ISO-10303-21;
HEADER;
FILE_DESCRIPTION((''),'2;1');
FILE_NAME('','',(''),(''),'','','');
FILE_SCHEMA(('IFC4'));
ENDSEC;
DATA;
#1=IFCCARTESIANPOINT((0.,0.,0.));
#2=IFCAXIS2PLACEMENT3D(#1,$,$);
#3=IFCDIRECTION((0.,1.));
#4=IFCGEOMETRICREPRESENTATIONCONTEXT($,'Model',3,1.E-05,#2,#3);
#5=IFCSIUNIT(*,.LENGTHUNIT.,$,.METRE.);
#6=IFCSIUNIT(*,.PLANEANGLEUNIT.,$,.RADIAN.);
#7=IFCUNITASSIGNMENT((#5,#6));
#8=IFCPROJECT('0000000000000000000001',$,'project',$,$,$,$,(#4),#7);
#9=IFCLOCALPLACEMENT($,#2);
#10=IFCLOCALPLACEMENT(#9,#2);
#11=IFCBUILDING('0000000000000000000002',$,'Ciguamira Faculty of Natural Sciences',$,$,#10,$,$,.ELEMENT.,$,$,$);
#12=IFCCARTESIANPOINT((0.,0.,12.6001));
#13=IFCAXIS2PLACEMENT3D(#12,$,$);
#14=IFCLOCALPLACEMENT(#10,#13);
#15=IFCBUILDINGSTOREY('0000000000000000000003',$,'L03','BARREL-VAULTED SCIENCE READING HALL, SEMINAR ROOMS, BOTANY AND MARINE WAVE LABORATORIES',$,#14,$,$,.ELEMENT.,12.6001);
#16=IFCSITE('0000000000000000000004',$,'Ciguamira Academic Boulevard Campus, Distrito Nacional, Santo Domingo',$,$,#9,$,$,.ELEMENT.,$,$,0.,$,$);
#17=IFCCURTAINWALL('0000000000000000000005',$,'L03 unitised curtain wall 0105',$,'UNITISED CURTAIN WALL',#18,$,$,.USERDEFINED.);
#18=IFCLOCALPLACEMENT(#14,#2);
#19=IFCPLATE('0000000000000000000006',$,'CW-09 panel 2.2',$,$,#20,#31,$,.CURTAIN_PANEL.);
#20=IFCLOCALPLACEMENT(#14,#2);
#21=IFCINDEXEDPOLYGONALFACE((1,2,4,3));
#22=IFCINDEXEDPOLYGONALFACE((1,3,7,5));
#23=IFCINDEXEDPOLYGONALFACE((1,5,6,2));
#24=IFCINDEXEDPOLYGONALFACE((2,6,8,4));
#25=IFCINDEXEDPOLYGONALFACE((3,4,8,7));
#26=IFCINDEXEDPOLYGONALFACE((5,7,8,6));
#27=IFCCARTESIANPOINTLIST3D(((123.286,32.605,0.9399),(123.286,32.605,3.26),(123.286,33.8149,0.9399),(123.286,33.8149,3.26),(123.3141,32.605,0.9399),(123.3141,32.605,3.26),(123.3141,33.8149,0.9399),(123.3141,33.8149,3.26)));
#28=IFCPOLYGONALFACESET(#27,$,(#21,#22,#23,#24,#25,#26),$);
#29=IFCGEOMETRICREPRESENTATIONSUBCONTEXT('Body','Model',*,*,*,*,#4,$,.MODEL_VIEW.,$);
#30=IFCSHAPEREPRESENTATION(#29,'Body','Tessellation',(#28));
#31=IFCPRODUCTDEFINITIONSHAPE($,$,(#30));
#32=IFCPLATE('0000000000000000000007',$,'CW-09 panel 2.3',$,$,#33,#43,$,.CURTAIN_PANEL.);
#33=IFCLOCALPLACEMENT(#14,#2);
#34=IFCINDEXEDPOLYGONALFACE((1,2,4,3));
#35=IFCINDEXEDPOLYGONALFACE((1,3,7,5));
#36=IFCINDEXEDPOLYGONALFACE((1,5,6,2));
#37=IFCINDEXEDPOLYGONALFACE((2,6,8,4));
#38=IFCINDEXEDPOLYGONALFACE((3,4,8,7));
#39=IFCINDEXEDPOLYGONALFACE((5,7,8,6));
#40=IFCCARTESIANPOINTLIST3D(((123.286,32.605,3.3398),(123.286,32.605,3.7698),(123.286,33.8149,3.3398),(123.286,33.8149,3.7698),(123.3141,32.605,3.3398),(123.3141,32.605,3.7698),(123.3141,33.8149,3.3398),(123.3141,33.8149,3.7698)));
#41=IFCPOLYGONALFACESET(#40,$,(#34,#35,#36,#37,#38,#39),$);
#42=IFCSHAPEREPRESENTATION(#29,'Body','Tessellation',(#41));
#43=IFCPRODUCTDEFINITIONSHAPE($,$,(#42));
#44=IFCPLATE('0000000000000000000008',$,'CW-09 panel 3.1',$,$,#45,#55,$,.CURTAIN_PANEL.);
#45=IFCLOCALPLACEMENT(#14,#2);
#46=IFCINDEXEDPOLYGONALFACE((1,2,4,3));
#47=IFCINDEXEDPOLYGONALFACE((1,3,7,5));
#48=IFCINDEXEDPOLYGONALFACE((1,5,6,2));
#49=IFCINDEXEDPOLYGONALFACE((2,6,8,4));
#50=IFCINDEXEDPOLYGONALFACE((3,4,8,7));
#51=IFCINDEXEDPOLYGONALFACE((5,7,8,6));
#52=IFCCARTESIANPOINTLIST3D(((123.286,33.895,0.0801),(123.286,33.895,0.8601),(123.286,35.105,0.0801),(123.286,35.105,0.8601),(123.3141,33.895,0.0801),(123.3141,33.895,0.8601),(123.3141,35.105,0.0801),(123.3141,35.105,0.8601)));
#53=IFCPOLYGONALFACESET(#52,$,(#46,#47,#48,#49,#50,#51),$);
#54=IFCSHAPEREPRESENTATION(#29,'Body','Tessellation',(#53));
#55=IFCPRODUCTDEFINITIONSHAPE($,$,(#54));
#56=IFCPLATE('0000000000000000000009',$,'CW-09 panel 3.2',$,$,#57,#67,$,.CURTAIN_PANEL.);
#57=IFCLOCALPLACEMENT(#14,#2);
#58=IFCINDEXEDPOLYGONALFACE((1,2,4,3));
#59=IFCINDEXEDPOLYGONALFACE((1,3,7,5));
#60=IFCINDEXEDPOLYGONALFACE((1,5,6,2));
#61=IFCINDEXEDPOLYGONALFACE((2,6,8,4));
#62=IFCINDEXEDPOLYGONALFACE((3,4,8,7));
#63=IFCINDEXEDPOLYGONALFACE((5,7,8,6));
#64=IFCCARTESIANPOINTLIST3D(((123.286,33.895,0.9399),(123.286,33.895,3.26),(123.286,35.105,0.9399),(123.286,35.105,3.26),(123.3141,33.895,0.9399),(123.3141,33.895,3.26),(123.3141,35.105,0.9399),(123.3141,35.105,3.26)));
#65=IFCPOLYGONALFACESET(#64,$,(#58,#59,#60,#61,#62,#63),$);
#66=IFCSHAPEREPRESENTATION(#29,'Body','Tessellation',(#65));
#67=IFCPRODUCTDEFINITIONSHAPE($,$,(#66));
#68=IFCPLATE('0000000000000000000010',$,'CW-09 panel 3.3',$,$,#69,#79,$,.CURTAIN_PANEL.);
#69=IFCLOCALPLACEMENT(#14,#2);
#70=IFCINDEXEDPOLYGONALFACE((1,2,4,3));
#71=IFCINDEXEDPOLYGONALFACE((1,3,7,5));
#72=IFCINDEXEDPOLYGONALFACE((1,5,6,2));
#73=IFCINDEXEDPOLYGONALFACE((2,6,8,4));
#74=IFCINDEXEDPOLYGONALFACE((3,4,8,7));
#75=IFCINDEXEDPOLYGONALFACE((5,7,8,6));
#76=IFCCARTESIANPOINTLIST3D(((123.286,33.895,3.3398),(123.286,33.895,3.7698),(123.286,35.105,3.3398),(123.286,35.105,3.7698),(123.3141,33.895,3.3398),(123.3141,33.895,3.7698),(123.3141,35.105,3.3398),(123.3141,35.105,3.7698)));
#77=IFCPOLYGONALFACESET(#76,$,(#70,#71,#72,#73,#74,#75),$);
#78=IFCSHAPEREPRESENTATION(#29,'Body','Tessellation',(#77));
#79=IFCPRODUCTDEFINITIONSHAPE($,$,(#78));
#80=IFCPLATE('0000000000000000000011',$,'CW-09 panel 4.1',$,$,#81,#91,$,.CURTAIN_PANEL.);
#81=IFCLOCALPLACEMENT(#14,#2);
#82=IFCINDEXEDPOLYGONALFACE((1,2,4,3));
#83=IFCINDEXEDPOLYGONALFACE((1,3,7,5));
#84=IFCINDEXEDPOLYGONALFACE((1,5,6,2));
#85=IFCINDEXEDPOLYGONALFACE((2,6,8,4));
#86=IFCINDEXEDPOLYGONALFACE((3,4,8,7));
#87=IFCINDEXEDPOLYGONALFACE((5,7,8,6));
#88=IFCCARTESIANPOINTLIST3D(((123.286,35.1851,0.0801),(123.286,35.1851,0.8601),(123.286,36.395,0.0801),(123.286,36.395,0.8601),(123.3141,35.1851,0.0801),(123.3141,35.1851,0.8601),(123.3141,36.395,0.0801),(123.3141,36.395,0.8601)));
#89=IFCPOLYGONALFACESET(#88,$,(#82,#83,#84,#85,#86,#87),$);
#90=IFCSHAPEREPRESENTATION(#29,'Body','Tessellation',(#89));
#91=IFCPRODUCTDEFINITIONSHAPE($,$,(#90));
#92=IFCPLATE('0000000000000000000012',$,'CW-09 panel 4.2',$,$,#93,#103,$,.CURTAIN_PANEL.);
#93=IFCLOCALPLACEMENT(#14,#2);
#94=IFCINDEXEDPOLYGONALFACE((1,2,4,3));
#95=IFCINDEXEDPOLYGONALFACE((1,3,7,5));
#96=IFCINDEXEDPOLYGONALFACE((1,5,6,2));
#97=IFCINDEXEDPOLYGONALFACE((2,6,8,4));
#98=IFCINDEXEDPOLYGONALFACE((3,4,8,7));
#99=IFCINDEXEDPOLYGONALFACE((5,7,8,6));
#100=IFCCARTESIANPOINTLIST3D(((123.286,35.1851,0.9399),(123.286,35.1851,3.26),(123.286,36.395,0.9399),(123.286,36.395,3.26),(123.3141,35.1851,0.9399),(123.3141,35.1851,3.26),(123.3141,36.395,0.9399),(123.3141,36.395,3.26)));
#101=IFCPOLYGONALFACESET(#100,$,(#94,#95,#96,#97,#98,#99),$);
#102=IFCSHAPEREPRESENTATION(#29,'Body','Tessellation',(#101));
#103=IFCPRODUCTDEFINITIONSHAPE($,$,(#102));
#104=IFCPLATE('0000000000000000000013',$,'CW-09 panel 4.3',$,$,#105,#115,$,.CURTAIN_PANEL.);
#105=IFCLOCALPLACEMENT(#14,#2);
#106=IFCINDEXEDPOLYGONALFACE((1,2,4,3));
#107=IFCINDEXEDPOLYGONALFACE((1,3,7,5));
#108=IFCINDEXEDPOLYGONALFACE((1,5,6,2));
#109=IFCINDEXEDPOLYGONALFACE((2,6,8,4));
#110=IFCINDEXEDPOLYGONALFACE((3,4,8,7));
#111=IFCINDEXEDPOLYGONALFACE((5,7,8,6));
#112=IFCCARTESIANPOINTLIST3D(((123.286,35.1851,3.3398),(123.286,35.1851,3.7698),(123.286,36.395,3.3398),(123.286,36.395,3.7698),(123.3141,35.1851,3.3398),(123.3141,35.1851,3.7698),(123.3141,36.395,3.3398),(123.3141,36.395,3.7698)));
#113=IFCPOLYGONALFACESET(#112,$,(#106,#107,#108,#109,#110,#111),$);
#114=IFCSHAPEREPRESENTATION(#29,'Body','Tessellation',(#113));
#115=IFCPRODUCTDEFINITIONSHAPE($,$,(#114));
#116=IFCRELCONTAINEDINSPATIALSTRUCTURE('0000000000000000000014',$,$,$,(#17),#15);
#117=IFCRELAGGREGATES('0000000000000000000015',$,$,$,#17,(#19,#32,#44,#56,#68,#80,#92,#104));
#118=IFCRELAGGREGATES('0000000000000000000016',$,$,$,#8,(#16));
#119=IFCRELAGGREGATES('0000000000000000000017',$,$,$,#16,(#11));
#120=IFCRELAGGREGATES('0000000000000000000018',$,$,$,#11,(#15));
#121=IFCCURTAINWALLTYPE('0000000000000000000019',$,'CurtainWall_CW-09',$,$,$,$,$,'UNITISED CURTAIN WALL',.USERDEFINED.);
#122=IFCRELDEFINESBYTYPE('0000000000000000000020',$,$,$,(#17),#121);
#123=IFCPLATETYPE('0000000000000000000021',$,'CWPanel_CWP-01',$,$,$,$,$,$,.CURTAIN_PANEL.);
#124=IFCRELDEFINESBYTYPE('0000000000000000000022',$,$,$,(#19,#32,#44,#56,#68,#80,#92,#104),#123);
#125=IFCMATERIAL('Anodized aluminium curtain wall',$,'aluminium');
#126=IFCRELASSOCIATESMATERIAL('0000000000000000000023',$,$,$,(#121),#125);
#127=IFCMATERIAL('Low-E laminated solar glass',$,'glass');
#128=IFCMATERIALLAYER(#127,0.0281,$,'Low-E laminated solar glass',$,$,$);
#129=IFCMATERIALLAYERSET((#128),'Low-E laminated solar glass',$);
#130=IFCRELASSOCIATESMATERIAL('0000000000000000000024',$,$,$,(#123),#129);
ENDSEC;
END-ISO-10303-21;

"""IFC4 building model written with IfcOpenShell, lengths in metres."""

from ifc_helpers import new_model, si_unit, direction, frame, origin, origin_2d, place, context, subcontext, project, spatial, rectangle, extrude, material, layer, layer_set, type_object, element, aggregate, save


model = new_model("IFC4")

# Units and contexts
model_context = context("Model", 3, precision=1e-05, world=origin(), true_north=direction((0.0, 1.0)))
body_context = subcontext(model_context, "Body", "Model", "MODEL_VIEW")
ifc_project = project(units=[si_unit("LENGTHUNIT", "METRE"), si_unit("PLANEANGLEUNIT", "RADIAN")], contexts=[model_context])

# Site, building, storey
site_placement = place(None, origin())
site = spatial("IfcSite", under=ifc_project, at=site_placement, Name="Ciguamira Academic Boulevard Campus, Distrito Nacional, Santo Domingo", CompositionType="ELEMENT", RefElevation=0.0)
building_placement = place(site_placement, origin())
building = spatial("IfcBuilding", under=site, at=building_placement, Name="Ciguamira Faculty of Natural Sciences", CompositionType="ELEMENT")
storey_placement = place(building_placement, frame((0.0, 0.0, 12.6001)))
storey = spatial("IfcBuildingStorey", under=building, at=storey_placement, Name="L03", Description="BARREL-VAULTED SCIENCE READING HALL, SEMINAR ROOMS, BOTANY AND MARINE WAVE LABORATORIES", CompositionType="ELEMENT", Elevation=12.6001)

# Curtain wall, plates
ifc_material_1 = material(Name="Anodized aluminium curtain wall", Category="aluminium")
curtain_wall_type = type_object("IfcCurtainWallType", Name="CurtainWall_CW-09", ElementType="UNITISED CURTAIN WALL", PredefinedType="USERDEFINED", material=ifc_material_1)
curtain_wall_placement = place(storey_placement, origin())
curtain_wall = element("IfcCurtainWall", 1, at=curtain_wall_placement, inside=storey, type_object=curtain_wall_type, Name="L03 unitised curtain wall 0105", ObjectType="UNITISED CURTAIN WALL", PredefinedType="USERDEFINED")
ifc_material_2 = material(Name="Low-E laminated solar glass", Category="glass")
ifc_layer = layer(ifc_material_2, 0.0281, Name="Low-E laminated solar glass")
ifc_layer_set = layer_set([ifc_layer], Name="Low-E laminated solar glass")
plate_type = type_object("IfcPlateType", Name="CWPanel_CWP-01", PredefinedType="CURTAIN_PANEL", material=ifc_layer_set)
plate_1_placement = place(storey_placement, frame((123.3, 33.21, 0.9399), z_axis=(0.0, 0.0, 1.0), x_axis=(0.0, 1.0, 0.0)))
plate_1 = element("IfcPlate", 2, at=plate_1_placement, type_object=plate_type, Name="CW-09 panel 2.2", PredefinedType="CURTAIN_PANEL", context=body_context, shape_type="SweptSolid", body=[
    extrude(rectangle(XDim=1.21, YDim=0.0281, at=origin_2d()), origin(), (0.0, 0.0, 1.0), 2.3201),
])
plate_2_placement = place(storey_placement, frame((123.3, 33.21, 3.3398), z_axis=(0.0, 0.0, 1.0), x_axis=(0.0, 1.0, 0.0)))
plate_2 = element("IfcPlate", 3, at=plate_2_placement, type_object=plate_type, Name="CW-09 panel 2.3", PredefinedType="CURTAIN_PANEL", context=body_context, shape_type="SweptSolid", body=[
    extrude(rectangle(XDim=1.21, YDim=0.0281, at=origin_2d()), origin(), (0.0, 0.0, 1.0), 0.4299),
])
plate_3_placement = place(storey_placement, frame((123.3, 34.5, 0.0801), z_axis=(0.0, 0.0, 1.0), x_axis=(0.0, 1.0, 0.0)))
plate_3 = element("IfcPlate", 4, at=plate_3_placement, type_object=plate_type, Name="CW-09 panel 3.1", PredefinedType="CURTAIN_PANEL", context=body_context, shape_type="SweptSolid", body=[
    extrude(rectangle(XDim=1.21, YDim=0.0281, at=origin_2d()), origin(), (0.0, 0.0, 1.0), 0.78),
])
plate_4_placement = place(storey_placement, frame((123.3, 34.5, 0.9399), z_axis=(0.0, 0.0, 1.0), x_axis=(0.0, 1.0, 0.0)))
plate_4 = element("IfcPlate", 5, at=plate_4_placement, type_object=plate_type, Name="CW-09 panel 3.2", PredefinedType="CURTAIN_PANEL", context=body_context, shape_type="SweptSolid", body=[
    extrude(rectangle(XDim=1.21, YDim=0.0281, at=origin_2d()), origin(), (0.0, 0.0, 1.0), 2.3201),
])
plate_5_placement = place(storey_placement, frame((123.3, 34.5, 3.3398), z_axis=(0.0, 0.0, 1.0), x_axis=(0.0, 1.0, 0.0)))
plate_5 = element("IfcPlate", 6, at=plate_5_placement, type_object=plate_type, Name="CW-09 panel 3.3", PredefinedType="CURTAIN_PANEL", context=body_context, shape_type="SweptSolid", body=[
    extrude(rectangle(XDim=1.21, YDim=0.0281, at=origin_2d()), origin(), (0.0, 0.0, 1.0), 0.4299),
])
plate_6_placement = place(storey_placement, frame((123.3, 35.79, 0.0801), z_axis=(0.0, 0.0, 1.0), x_axis=(0.0, 1.0, 0.0)))
plate_6 = element("IfcPlate", 7, at=plate_6_placement, type_object=plate_type, Name="CW-09 panel 4.1", PredefinedType="CURTAIN_PANEL", context=body_context, shape_type="SweptSolid", body=[
    extrude(rectangle(XDim=1.21, YDim=0.0281, at=origin_2d()), origin(), (0.0, 0.0, 1.0), 0.78),
])
plate_7_placement = place(storey_placement, frame((123.3, 35.79, 0.9399), z_axis=(0.0, 0.0, 1.0), x_axis=(0.0, 1.0, 0.0)))
plate_7 = element("IfcPlate", 8, at=plate_7_placement, type_object=plate_type, Name="CW-09 panel 4.2", PredefinedType="CURTAIN_PANEL", context=body_context, shape_type="SweptSolid", body=[
    extrude(rectangle(XDim=1.21, YDim=0.0281, at=origin_2d()), origin(), (0.0, 0.0, 1.0), 2.3201),
])
plate_8_placement = place(storey_placement, frame((123.3, 35.79, 3.3398), z_axis=(0.0, 0.0, 1.0), x_axis=(0.0, 1.0, 0.0)))
plate_8 = element("IfcPlate", 9, at=plate_8_placement, type_object=plate_type, Name="CW-09 panel 4.3", PredefinedType="CURTAIN_PANEL", context=body_context, shape_type="SweptSolid", body=[
    extrude(rectangle(XDim=1.21, YDim=0.0281, at=origin_2d()), origin(), (0.0, 0.0, 1.0), 0.4299),
])
aggregate(curtain_wall, [plate_1, plate_2, plate_3, plate_4, plate_5, plate_6, plate_7, plate_8])

save(model, "model.ifc")
